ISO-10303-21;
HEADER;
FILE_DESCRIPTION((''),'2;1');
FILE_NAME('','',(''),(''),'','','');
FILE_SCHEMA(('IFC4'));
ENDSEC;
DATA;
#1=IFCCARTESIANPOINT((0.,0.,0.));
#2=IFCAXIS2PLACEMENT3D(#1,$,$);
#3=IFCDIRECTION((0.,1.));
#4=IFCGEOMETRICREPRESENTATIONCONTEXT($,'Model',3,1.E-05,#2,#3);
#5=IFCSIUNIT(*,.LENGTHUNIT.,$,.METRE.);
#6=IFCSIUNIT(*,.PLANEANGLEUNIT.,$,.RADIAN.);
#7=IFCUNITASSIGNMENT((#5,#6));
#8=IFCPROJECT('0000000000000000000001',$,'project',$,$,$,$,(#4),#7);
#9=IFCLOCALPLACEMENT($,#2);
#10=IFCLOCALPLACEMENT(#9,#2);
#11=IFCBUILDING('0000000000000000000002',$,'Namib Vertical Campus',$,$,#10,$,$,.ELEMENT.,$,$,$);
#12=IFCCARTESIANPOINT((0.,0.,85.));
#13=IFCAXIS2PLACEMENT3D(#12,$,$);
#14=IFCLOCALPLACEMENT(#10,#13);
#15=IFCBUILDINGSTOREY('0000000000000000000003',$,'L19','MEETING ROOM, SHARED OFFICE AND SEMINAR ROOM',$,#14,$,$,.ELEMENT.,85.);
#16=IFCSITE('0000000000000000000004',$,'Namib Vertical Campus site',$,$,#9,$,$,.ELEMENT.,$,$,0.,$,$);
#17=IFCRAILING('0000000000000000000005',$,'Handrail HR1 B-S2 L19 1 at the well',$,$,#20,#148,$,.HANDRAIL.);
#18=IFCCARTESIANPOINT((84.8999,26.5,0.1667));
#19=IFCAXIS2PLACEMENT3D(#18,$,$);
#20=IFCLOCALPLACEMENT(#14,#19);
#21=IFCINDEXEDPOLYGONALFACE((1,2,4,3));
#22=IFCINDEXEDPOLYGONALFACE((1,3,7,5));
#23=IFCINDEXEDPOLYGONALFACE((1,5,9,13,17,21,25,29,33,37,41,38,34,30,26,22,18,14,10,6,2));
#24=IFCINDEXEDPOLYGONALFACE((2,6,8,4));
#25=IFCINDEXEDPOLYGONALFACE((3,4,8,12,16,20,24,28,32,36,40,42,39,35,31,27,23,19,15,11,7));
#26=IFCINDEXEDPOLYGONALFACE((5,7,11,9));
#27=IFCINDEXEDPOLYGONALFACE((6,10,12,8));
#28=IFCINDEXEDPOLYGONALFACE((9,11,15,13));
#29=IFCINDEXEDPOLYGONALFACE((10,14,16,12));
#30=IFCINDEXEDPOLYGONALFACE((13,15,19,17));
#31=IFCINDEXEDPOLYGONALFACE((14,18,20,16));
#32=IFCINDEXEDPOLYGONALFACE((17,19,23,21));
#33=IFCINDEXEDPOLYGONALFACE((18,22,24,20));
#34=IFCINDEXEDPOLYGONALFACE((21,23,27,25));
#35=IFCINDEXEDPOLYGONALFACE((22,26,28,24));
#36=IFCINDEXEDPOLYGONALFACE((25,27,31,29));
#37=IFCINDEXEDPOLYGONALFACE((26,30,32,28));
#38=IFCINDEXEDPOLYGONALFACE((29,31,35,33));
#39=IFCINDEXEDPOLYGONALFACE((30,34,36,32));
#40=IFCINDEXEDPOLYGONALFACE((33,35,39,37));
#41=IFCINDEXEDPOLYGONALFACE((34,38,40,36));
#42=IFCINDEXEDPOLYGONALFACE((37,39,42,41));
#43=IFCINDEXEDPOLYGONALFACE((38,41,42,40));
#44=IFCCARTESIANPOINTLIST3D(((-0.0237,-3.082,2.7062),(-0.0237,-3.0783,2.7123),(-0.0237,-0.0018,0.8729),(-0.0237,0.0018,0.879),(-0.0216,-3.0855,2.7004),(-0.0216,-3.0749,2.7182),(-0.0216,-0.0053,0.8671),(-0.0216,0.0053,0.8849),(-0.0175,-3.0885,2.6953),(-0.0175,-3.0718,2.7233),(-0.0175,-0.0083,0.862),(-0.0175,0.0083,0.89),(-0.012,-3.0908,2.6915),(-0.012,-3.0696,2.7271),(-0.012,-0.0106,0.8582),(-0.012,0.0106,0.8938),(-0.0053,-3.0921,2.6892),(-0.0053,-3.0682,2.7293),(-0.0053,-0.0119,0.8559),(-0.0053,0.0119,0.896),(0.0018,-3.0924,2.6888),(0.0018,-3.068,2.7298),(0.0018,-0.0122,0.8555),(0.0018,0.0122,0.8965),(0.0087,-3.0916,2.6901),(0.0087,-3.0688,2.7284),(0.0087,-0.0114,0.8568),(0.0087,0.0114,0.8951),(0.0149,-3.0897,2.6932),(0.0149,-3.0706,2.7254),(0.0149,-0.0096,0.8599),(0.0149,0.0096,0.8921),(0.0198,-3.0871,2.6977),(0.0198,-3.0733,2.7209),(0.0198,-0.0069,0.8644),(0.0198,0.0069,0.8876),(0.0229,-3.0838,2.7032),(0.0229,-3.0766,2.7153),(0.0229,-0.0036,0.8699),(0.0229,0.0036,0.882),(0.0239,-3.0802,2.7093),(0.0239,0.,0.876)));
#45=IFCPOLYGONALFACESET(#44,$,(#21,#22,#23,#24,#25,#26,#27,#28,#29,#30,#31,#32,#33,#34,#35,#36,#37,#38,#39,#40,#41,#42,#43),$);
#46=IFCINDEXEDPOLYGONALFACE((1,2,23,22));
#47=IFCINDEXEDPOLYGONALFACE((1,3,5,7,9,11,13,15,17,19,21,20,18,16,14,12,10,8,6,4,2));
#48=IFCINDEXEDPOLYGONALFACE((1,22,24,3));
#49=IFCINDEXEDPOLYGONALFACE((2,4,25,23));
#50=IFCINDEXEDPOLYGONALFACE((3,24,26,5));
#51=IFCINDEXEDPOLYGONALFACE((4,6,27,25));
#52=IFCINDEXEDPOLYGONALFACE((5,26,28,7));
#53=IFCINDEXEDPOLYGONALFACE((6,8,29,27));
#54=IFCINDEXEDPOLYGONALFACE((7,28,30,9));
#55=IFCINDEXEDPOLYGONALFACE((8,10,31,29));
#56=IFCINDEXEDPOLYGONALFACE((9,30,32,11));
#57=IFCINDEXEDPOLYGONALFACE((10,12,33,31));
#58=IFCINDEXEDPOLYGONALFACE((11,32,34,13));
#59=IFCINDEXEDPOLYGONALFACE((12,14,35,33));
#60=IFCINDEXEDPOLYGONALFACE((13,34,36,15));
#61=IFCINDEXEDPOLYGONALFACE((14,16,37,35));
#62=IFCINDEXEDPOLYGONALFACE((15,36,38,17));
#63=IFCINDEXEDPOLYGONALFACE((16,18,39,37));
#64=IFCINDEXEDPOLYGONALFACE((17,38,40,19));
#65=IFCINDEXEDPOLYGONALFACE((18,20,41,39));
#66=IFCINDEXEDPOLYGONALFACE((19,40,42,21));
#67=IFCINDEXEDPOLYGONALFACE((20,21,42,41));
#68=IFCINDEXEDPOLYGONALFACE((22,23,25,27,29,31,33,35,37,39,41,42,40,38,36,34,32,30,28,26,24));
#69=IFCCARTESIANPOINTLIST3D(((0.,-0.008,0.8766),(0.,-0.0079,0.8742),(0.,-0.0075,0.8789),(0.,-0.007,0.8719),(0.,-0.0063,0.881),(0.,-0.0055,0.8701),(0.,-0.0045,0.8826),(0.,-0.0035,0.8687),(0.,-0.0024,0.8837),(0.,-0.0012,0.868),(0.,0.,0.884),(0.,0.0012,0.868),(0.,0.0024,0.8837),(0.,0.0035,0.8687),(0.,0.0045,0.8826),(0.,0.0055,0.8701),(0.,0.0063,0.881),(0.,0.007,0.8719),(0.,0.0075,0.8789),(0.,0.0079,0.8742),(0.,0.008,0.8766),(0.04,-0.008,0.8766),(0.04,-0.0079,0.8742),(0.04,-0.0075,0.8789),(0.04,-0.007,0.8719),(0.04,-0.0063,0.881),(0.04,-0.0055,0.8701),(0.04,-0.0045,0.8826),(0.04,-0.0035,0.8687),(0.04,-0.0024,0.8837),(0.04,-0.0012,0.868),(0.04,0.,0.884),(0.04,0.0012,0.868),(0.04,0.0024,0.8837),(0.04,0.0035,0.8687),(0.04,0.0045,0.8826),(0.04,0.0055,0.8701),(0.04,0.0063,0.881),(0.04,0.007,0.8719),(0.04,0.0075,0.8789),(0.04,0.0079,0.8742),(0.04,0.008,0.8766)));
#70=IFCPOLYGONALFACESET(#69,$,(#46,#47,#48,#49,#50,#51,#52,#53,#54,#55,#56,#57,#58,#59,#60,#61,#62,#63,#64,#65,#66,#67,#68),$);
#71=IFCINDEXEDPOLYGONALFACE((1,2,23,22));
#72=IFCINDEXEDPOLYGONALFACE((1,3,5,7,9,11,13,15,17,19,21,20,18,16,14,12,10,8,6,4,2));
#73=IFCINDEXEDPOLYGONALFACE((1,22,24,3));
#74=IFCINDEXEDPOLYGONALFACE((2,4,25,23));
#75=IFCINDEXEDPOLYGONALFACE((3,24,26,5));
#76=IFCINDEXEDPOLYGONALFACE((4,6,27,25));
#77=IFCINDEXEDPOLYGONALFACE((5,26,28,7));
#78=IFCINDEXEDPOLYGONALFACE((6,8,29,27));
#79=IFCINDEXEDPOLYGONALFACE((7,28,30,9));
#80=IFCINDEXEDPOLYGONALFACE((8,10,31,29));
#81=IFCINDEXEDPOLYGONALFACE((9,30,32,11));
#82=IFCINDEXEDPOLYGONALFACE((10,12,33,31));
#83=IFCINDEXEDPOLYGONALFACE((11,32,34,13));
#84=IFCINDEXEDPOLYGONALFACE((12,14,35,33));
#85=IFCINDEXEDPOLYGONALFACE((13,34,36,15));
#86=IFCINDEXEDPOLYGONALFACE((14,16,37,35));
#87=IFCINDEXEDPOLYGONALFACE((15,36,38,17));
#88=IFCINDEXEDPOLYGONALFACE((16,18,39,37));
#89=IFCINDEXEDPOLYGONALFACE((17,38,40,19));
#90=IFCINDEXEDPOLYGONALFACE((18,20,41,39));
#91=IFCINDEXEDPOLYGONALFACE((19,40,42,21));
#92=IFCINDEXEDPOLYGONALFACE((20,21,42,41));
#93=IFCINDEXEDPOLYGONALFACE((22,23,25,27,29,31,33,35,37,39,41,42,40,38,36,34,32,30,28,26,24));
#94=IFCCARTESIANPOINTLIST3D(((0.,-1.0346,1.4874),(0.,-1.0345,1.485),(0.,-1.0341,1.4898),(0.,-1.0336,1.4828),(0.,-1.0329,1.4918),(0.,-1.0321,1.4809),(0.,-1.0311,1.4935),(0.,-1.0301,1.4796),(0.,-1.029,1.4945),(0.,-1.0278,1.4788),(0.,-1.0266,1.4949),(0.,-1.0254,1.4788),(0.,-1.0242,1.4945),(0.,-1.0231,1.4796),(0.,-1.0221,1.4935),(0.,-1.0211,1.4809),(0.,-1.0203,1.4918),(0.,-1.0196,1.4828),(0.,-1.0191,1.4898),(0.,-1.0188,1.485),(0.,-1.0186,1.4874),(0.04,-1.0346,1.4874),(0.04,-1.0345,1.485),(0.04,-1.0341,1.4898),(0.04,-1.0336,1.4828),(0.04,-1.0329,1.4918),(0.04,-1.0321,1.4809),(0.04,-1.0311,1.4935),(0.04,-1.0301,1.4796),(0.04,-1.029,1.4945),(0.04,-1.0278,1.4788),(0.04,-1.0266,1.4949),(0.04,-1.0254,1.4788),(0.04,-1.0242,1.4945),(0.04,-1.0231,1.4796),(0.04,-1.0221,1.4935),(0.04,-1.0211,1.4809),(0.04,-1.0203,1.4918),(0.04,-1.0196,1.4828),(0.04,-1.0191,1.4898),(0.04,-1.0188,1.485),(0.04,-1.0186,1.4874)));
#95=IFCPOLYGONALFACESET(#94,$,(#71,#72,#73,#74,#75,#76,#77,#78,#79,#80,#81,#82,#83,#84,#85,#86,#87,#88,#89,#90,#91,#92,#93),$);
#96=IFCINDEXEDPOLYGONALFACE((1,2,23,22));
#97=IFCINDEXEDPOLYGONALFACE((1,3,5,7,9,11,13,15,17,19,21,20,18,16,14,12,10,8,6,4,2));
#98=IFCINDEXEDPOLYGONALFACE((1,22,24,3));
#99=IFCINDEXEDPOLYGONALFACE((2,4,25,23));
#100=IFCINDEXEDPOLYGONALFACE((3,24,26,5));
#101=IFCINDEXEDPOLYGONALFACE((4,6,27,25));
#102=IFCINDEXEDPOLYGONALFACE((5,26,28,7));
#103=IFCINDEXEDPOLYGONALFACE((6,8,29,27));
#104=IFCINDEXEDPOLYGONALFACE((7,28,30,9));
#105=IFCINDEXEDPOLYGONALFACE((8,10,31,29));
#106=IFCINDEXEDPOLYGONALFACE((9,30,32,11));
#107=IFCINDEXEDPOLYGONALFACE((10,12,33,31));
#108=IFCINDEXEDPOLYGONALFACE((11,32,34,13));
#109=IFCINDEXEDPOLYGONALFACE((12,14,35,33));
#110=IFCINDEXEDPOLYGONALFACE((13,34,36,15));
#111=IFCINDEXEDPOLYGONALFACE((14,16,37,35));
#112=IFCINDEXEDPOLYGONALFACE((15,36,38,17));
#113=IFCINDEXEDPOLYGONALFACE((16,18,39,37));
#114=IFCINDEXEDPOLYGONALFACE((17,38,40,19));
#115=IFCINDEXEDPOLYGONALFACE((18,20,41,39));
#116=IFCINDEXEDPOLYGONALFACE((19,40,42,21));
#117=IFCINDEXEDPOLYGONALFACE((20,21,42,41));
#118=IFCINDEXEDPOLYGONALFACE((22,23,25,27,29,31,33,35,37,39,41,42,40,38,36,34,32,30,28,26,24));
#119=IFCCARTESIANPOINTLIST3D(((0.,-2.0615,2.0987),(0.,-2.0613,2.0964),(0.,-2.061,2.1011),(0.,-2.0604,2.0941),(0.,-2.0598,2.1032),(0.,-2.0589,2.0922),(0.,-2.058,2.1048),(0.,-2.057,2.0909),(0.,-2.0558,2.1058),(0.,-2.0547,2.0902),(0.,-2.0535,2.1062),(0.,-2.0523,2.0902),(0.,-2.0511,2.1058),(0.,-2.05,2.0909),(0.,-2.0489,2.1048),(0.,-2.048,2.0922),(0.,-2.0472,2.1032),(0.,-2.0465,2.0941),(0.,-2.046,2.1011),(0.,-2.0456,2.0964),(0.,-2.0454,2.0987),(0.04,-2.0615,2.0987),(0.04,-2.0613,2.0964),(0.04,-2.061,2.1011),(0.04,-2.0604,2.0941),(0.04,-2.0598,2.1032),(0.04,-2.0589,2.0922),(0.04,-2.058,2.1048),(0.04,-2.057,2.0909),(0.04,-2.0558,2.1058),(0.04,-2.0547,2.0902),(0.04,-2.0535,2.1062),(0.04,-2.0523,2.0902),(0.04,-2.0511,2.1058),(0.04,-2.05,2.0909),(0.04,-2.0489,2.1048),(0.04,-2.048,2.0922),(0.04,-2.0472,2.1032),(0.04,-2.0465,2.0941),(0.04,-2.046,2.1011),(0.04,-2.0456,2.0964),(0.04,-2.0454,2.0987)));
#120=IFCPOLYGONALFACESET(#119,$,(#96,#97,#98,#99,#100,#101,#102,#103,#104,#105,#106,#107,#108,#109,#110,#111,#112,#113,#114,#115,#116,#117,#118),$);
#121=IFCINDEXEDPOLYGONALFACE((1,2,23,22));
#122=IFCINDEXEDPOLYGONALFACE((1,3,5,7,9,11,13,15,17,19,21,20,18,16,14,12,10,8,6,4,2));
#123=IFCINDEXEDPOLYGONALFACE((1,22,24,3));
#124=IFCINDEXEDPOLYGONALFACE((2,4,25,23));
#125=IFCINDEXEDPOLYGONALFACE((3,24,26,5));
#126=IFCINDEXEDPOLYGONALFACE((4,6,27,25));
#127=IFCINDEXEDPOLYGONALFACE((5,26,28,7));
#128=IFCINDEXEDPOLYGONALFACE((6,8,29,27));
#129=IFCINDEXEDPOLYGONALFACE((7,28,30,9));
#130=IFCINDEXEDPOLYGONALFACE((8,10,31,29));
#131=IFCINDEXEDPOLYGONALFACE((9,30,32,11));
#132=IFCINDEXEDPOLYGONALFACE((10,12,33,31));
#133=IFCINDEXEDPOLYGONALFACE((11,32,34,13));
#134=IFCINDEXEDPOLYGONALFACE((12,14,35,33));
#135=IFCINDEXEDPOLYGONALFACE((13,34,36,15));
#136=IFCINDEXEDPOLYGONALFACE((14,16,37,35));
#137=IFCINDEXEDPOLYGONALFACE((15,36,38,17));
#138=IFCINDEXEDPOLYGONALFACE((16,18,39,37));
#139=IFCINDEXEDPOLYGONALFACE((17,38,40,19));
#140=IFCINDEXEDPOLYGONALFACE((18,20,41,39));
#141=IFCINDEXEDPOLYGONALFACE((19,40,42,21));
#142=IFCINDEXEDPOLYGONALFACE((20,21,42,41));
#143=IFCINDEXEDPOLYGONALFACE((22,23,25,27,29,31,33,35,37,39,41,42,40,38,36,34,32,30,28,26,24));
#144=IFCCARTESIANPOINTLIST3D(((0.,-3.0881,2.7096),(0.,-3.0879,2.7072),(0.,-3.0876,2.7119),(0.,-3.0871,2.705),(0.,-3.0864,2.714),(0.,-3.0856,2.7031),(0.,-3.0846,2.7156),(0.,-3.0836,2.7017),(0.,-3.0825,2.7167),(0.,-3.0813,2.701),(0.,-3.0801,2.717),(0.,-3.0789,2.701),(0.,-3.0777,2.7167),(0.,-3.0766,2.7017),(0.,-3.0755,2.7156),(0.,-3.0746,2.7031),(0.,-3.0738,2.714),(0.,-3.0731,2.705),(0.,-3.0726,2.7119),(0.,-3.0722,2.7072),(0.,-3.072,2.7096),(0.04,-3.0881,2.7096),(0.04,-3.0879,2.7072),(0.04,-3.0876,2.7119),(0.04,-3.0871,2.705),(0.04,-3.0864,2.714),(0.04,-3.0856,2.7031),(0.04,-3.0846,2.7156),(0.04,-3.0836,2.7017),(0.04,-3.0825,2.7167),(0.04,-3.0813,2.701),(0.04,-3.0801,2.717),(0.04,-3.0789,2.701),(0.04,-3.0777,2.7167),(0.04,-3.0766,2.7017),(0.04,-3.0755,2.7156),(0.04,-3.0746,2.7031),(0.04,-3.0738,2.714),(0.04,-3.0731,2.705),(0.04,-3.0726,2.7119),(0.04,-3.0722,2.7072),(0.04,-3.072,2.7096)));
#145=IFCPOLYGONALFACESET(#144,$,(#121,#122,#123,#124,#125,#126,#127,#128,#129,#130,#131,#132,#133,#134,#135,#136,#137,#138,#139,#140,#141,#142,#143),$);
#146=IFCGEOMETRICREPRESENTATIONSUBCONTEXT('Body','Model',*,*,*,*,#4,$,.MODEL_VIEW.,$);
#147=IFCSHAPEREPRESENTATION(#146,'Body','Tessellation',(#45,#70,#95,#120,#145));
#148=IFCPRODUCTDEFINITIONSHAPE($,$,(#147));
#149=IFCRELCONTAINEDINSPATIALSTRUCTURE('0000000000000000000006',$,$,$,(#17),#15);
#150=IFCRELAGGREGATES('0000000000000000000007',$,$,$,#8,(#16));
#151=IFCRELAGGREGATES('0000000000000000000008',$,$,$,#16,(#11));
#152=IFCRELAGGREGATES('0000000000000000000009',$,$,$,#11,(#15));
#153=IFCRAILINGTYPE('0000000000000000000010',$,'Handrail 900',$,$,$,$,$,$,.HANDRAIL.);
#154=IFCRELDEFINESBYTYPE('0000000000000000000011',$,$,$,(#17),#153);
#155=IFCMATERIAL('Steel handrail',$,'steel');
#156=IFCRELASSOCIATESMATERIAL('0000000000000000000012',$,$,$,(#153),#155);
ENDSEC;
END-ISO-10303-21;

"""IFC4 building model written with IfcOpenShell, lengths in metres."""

from ifc_helpers import new_model, si_unit, direction, frame, origin, origin_2d, place, context, subcontext, project, spatial, circle, extrude, material, type_object, element, save


model = new_model("IFC4")

# Units and contexts
model_context = context("Model", 3, precision=1e-05, world=origin(), true_north=direction((0.0, 1.0)))
body_context = subcontext(model_context, "Body", "Model", "MODEL_VIEW")
ifc_project = project(units=[si_unit("LENGTHUNIT", "METRE"), si_unit("PLANEANGLEUNIT", "RADIAN")], contexts=[model_context])

# Site, building, storey
site_placement = place(None, origin())
site = spatial("IfcSite", under=ifc_project, at=site_placement, Name="Namib Vertical Campus site", CompositionType="ELEMENT", RefElevation=0.0)
building_placement = place(site_placement, origin())
building = spatial("IfcBuilding", under=site, at=building_placement, Name="Namib Vertical Campus", CompositionType="ELEMENT")
storey_placement = place(building_placement, frame((0.0, 0.0, 85.0)))
storey = spatial("IfcBuildingStorey", under=building, at=storey_placement, Name="L19", Description="MEETING ROOM, SHARED OFFICE AND SEMINAR ROOM", CompositionType="ELEMENT", Elevation=85.0)

# Railing
ifc_material_1 = material(Name="Steel handrail", Category="steel")
railing_type_1 = type_object("IfcRailingType", Name="Handrail 900", PredefinedType="HANDRAIL", material=ifc_material_1)
railing_1_placement = place(storey_placement, frame((84.8999, 26.5, 0.1667)))
element("IfcRailing", 1, at=railing_1_placement, inside=storey, type_object=railing_type_1, Name="Handrail HR1 B-S2 L19 1 at the well", PredefinedType="HANDRAIL", context=body_context, shape_type="SweptSolid", body=[
    extrude(circle(Radius=0.0239, at=origin_2d()), frame((0.0, 0.0, 0.876), z_axis=(0.0, -0.859309, 0.511458), x_axis=(1.0, 0.0, 0.0)), (0.0, 0.0, 1.0), 3.5845),
    extrude(circle(Radius=0.0081, at=origin_2d()), frame((0.0, 0.0, 0.876), z_axis=(1.0, 0.0, 0.0), x_axis=(0.0, 0.0, 1.0)), (0.0, 0.0, 1.0), 0.04),
    extrude(circle(Radius=0.0081, at=origin_2d()), frame((0.0, -1.0266, 1.4868), z_axis=(1.0, 0.0, 0.0), x_axis=(0.0, 0.0, 1.0)), (0.0, 0.0, 1.0), 0.04),
    extrude(circle(Radius=0.0081, at=origin_2d()), frame((0.0, -2.0535, 2.0981), z_axis=(1.0, 0.0, 0.0), x_axis=(0.0, 0.0, 1.0)), (0.0, 0.0, 1.0), 0.04),
    extrude(circle(Radius=0.0081, at=origin_2d()), frame((0.0, -3.0801, 2.709), z_axis=(1.0, 0.0, 0.0), x_axis=(0.0, 0.0, 1.0)), (0.0, 0.0, 1.0), 0.04),
])

save(model, "model.ifc")
